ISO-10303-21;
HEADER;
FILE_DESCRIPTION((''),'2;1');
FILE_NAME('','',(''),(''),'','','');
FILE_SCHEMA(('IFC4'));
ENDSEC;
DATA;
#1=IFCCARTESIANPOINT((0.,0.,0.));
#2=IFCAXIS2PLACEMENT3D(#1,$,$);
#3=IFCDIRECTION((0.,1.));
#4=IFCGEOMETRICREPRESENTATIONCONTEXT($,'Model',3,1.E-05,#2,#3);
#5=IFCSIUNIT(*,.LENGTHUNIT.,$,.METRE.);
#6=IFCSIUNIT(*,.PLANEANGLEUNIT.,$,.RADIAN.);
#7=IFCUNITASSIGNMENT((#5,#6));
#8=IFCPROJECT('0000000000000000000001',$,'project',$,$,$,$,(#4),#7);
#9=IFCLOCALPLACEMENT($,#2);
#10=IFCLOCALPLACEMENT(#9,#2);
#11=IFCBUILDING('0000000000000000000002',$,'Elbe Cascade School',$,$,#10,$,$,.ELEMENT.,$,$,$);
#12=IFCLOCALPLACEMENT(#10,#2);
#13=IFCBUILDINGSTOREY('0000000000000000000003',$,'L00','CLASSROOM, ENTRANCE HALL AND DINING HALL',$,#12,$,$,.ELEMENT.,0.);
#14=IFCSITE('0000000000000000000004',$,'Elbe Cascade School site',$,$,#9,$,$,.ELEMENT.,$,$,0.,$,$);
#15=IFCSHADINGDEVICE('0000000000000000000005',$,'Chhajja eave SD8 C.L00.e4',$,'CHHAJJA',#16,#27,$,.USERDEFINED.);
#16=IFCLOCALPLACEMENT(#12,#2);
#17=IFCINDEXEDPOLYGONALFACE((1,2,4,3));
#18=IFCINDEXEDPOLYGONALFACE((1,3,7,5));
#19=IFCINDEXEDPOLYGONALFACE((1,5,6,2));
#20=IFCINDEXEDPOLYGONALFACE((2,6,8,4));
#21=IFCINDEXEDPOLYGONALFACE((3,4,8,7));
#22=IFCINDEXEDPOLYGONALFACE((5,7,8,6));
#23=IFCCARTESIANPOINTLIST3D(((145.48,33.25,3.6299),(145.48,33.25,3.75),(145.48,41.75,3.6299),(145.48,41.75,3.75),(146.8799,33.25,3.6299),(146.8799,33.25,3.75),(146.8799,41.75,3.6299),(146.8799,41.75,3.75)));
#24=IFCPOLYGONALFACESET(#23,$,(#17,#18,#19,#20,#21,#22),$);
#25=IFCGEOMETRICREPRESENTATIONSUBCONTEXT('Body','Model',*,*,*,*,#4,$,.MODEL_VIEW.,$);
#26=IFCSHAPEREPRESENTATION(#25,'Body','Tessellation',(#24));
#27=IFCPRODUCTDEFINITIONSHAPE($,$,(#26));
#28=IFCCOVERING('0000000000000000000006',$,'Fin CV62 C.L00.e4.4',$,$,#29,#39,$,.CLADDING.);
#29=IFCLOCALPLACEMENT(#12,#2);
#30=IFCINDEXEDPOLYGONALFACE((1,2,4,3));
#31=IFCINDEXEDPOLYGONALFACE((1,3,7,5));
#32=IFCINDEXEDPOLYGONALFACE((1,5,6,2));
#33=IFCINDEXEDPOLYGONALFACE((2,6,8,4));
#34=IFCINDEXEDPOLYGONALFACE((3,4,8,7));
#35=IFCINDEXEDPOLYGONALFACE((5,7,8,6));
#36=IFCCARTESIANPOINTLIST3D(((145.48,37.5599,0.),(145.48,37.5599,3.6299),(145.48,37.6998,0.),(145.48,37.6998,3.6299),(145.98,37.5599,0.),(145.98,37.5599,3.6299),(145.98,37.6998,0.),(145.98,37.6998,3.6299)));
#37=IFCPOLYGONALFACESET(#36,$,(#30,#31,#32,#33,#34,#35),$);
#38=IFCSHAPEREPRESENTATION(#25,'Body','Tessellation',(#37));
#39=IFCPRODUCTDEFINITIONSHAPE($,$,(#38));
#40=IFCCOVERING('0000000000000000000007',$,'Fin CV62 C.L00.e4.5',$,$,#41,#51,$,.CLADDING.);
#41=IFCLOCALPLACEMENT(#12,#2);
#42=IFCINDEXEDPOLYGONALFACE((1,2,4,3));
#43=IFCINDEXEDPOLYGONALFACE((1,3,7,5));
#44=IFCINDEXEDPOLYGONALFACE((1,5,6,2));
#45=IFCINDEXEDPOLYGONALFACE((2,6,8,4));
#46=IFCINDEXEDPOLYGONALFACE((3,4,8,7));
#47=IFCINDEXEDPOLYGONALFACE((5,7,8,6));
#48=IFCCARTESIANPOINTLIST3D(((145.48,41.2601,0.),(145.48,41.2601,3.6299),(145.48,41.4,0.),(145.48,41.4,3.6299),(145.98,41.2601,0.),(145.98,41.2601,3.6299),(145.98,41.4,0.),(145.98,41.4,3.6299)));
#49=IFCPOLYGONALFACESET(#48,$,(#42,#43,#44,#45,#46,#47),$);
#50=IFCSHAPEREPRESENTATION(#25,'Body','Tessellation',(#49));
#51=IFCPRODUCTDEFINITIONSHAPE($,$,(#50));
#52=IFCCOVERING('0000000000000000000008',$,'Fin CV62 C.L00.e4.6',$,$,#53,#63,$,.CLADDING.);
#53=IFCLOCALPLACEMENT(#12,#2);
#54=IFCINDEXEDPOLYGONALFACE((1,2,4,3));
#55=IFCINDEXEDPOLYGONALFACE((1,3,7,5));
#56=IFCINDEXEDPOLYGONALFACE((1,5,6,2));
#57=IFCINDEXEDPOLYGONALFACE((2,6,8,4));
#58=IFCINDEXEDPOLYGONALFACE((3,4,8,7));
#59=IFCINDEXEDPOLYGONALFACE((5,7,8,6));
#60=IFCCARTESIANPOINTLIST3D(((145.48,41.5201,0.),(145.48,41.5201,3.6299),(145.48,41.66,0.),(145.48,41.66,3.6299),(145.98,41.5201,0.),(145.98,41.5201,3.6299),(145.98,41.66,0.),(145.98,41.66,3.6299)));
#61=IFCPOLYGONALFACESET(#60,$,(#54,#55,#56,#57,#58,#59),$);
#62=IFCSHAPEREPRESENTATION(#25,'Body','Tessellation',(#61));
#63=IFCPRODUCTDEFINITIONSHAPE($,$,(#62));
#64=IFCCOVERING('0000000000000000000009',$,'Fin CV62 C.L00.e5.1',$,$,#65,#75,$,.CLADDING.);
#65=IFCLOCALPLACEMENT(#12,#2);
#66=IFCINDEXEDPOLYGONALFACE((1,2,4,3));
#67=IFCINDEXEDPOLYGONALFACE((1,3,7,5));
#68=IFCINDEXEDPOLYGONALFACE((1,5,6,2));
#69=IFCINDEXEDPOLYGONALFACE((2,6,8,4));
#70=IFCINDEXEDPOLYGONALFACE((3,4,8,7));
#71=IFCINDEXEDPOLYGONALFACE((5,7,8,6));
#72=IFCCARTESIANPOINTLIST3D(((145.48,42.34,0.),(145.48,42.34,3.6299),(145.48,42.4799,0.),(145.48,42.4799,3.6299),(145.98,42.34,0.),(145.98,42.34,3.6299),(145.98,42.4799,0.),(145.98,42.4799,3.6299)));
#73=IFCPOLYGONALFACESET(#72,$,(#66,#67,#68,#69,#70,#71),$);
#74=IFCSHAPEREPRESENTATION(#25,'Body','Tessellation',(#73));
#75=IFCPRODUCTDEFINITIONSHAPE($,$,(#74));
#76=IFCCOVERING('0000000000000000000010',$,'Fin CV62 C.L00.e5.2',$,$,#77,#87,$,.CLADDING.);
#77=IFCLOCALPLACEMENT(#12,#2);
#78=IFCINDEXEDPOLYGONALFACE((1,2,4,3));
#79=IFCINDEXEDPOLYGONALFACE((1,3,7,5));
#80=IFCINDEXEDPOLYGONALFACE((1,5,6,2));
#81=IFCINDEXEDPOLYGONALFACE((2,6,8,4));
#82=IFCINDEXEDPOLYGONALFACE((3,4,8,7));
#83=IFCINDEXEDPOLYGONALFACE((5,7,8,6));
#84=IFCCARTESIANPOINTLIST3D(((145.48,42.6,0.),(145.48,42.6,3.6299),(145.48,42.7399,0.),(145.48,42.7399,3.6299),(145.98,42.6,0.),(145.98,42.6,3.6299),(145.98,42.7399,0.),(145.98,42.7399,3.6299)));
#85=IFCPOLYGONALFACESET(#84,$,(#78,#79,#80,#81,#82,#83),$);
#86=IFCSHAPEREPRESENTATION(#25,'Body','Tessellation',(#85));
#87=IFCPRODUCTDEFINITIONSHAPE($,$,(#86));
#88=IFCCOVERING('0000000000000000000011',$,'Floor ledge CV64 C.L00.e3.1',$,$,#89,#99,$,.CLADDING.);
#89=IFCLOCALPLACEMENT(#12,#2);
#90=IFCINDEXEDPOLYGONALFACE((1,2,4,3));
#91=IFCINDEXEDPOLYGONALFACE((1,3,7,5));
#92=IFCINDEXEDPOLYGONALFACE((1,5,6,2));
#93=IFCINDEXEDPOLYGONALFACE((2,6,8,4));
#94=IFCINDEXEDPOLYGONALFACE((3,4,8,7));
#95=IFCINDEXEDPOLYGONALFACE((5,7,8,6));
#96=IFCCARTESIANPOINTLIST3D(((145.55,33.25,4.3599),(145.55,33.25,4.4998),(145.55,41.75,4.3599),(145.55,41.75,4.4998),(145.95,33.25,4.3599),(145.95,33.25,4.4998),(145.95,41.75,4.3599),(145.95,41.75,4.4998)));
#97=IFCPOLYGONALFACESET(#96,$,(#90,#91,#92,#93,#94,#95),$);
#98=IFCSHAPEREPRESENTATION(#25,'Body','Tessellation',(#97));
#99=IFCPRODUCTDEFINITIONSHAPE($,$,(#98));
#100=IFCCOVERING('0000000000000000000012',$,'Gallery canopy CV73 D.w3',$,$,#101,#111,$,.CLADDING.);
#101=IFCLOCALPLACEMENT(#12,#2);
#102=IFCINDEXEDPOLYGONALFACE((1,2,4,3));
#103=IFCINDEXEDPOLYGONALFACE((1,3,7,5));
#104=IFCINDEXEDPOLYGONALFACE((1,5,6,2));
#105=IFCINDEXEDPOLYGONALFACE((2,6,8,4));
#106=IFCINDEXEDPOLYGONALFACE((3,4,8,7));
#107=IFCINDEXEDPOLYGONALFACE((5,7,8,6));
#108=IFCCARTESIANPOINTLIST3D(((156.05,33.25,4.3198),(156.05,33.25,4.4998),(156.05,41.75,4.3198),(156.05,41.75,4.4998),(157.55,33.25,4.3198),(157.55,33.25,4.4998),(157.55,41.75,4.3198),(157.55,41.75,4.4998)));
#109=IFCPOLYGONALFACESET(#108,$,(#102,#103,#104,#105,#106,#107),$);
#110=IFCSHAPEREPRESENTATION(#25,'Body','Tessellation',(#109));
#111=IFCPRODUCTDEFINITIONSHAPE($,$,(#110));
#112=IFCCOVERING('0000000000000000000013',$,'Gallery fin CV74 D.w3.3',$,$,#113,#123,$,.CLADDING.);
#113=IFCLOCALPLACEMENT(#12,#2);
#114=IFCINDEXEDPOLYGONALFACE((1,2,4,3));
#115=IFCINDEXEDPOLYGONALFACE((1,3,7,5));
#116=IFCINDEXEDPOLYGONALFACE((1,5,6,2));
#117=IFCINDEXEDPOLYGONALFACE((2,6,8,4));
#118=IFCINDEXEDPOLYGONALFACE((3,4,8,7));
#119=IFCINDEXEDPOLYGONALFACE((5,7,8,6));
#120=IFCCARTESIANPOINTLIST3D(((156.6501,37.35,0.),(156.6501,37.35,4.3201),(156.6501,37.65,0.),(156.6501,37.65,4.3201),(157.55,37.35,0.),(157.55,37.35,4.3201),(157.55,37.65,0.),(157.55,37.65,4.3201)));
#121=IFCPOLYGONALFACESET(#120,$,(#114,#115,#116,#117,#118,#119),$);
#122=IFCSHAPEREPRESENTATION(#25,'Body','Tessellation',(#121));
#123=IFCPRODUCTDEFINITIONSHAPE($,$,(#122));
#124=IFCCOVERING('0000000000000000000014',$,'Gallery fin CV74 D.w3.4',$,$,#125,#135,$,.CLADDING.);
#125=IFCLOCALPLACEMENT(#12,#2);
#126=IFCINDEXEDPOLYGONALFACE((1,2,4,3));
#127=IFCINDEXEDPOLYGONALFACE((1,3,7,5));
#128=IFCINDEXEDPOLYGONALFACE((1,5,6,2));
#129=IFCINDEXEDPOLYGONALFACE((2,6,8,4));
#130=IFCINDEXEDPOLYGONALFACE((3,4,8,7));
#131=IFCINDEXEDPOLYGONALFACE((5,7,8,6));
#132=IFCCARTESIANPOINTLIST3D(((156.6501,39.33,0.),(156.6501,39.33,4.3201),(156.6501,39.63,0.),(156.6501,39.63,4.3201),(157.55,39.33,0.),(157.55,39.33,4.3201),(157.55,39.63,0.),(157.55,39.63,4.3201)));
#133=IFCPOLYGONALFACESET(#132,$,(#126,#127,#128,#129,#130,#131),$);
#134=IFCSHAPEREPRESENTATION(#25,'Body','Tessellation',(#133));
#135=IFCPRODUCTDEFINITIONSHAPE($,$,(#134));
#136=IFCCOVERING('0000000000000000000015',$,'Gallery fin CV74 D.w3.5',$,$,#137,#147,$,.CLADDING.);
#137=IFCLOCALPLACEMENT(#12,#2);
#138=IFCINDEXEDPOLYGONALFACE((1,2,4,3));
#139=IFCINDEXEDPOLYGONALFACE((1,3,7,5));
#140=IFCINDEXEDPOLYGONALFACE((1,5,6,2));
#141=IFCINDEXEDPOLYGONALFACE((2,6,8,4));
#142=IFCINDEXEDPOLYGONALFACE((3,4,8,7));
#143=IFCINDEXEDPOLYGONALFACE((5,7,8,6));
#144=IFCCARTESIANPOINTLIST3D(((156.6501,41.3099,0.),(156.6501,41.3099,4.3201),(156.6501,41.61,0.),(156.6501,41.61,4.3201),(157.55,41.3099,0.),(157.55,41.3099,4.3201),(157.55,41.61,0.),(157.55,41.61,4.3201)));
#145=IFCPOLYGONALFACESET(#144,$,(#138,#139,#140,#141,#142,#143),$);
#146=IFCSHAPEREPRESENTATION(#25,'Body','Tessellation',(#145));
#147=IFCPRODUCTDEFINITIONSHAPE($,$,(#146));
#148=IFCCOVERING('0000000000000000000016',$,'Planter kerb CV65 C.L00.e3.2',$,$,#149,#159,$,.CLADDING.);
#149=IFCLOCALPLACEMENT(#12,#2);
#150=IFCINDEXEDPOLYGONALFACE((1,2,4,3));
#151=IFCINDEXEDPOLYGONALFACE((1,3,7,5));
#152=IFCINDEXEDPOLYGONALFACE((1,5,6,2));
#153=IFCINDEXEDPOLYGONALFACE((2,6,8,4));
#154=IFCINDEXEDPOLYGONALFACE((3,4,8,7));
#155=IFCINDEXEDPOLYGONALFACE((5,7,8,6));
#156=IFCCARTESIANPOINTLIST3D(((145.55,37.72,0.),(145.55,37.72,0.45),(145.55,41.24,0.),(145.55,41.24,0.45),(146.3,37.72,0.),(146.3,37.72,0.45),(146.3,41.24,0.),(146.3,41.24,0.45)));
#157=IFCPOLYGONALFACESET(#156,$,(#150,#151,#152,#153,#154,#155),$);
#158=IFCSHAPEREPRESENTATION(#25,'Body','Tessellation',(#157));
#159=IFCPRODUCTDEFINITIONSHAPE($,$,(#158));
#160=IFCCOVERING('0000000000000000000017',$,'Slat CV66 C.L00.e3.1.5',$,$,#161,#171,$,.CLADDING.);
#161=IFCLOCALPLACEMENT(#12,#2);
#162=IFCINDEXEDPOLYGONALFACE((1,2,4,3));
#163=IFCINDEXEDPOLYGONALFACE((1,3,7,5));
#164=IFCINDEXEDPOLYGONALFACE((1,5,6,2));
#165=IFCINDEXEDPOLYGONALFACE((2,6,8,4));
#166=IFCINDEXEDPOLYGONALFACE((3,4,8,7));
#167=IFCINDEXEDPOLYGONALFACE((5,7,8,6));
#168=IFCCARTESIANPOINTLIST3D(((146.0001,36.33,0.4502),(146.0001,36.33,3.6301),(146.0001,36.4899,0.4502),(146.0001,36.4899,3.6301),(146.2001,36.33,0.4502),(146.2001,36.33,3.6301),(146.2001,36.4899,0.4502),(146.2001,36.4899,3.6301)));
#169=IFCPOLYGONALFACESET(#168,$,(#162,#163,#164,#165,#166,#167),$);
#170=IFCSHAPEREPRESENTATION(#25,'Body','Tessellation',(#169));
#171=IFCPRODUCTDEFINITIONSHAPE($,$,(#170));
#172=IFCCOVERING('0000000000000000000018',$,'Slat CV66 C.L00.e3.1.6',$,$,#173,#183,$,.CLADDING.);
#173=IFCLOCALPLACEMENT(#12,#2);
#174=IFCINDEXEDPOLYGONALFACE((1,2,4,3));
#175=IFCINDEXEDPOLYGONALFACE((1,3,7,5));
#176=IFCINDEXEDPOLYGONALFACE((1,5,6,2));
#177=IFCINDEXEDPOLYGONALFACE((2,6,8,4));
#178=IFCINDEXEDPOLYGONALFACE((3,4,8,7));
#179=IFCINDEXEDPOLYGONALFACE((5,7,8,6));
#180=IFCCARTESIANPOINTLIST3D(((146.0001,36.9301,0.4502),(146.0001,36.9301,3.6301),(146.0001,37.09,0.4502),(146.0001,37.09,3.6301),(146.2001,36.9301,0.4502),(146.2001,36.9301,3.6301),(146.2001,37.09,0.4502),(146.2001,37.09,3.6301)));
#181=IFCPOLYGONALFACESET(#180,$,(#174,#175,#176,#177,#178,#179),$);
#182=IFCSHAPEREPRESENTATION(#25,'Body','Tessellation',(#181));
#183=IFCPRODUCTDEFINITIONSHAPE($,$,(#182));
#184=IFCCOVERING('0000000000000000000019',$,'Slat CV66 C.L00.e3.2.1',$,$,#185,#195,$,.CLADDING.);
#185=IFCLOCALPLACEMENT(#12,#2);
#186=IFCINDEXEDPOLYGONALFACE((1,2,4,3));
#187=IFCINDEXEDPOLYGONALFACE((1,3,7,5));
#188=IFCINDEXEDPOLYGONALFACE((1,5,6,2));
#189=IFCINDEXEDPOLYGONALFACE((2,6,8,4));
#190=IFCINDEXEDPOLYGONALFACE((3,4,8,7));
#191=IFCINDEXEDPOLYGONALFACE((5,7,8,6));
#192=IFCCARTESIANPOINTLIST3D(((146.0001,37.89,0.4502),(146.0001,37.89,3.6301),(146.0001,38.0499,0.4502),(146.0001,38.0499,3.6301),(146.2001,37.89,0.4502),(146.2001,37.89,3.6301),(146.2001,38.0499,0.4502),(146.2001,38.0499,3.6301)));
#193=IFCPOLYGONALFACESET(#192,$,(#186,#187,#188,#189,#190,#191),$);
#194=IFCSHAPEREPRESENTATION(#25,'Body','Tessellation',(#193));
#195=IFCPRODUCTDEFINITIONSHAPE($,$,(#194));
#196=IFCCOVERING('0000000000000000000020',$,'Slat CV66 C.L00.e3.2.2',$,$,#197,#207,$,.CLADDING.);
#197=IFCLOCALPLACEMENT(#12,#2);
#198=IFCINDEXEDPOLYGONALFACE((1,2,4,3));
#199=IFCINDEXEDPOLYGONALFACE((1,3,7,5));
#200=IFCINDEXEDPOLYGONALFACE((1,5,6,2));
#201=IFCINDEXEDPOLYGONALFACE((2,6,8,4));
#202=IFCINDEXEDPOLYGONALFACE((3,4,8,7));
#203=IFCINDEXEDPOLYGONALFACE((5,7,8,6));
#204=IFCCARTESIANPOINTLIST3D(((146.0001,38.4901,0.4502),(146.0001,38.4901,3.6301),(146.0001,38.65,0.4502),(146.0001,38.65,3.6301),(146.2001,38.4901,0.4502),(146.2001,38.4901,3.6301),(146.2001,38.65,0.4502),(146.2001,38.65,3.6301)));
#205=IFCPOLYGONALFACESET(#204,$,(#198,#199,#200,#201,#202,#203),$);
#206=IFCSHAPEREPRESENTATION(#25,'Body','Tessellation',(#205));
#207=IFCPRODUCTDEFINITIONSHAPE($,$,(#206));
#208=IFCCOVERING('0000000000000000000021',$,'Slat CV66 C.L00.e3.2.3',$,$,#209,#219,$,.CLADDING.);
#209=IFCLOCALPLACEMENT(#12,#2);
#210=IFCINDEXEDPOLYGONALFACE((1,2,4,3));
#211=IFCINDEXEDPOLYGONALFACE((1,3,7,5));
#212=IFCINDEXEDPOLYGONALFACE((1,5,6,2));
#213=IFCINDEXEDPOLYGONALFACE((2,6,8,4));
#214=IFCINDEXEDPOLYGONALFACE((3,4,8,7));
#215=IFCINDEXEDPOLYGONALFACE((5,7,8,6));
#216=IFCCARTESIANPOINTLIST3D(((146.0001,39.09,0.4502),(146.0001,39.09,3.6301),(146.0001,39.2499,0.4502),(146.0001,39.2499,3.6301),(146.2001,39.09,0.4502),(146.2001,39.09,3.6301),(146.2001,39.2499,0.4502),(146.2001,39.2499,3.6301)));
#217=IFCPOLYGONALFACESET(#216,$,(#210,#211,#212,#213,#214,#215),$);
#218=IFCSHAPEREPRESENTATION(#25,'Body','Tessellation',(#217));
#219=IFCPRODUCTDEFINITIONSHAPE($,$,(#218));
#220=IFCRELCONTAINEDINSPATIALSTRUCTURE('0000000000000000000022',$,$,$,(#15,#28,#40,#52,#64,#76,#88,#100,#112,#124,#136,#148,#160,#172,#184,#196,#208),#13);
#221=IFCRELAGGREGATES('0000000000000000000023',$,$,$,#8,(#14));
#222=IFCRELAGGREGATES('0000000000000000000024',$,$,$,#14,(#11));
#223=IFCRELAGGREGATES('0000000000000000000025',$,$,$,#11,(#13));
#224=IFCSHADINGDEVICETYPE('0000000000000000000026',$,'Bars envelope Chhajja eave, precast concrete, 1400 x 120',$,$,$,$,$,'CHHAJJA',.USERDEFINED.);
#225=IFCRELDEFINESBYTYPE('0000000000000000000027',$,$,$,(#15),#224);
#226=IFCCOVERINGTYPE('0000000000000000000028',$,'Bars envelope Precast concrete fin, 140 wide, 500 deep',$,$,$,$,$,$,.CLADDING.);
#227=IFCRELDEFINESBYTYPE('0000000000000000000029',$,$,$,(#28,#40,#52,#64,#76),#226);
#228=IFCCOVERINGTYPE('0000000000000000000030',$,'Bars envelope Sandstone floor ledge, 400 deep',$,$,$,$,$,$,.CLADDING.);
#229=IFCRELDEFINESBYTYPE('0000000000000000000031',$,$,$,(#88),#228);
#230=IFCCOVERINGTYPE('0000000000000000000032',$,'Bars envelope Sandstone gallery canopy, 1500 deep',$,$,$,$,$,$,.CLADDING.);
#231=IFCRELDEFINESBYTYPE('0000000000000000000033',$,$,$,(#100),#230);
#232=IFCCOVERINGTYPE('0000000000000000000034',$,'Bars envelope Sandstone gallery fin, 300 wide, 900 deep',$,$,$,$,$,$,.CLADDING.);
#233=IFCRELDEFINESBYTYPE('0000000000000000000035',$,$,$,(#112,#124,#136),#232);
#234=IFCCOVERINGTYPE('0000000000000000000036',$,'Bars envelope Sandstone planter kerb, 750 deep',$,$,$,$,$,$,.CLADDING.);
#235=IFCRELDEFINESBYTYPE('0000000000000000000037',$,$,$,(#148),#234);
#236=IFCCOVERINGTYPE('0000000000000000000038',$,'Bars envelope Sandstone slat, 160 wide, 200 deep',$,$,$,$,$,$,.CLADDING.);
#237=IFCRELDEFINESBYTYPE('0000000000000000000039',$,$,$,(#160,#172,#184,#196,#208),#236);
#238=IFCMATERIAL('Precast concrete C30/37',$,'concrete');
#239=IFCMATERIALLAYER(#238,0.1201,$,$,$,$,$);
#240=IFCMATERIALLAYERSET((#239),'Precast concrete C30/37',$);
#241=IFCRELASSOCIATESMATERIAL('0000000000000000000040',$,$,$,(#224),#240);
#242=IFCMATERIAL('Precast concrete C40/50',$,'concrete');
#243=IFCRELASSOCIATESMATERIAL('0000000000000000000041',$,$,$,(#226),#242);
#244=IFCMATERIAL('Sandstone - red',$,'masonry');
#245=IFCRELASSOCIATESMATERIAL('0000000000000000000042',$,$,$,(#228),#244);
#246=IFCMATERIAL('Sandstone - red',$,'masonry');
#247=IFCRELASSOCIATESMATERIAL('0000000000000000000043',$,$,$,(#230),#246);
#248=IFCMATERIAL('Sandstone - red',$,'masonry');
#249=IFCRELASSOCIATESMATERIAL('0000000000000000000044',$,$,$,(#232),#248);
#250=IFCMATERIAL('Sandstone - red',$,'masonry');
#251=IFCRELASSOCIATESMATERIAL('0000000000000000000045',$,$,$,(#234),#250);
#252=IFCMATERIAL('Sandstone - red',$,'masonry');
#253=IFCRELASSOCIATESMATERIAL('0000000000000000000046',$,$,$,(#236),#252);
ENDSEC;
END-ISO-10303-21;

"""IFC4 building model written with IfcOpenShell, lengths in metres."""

from ifc_helpers import new_model, si_unit, direction, frame, origin, origin_2d, place, context, subcontext, project, spatial, rectangle, extrude, material, layer, layer_set, type_object, element, save


model = new_model("IFC4")

# Units and contexts
model_context = context("Model", 3, precision=1e-05, world=origin(), true_north=direction((0.0, 1.0)))
body_context = subcontext(model_context, "Body", "Model", "MODEL_VIEW")
ifc_project = project(units=[si_unit("LENGTHUNIT", "METRE"), si_unit("PLANEANGLEUNIT", "RADIAN")], contexts=[model_context])

# Site, building, storey
site_placement = place(None, origin())
site = spatial("IfcSite", under=ifc_project, at=site_placement, Name="Elbe Cascade School site", CompositionType="ELEMENT", RefElevation=0.0)
building_placement = place(site_placement, origin())
building = spatial("IfcBuilding", under=site, at=building_placement, Name="Elbe Cascade School", CompositionType="ELEMENT")
storey_placement = place(building_placement, origin())
storey = spatial("IfcBuildingStorey", under=building, at=storey_placement, Name="L00", Description="CLASSROOM, ENTRANCE HALL AND DINING HALL", CompositionType="ELEMENT", Elevation=0.0)

# Shading device
ifc_material_1 = material(Name="Precast concrete C30/37", Category="concrete")
ifc_layer = layer(ifc_material_1, 0.1201)
ifc_layer_set = layer_set([ifc_layer], Name="Precast concrete C30/37")
shading_device_type = type_object("IfcShadingDeviceType", Name="Bars envelope Chhajja eave, precast concrete, 1400 x 120", ElementType="CHHAJJA", PredefinedType="USERDEFINED", material=ifc_layer_set)
shading_device_placement = place(storey_placement, frame((146.1799, 37.5, 3.6299), z_axis=(0.0, 0.0, 1.0), x_axis=(0.0, 1.0, 0.0)))
element("IfcShadingDevice", 1, at=shading_device_placement, inside=storey, type_object=shading_device_type, Name="Chhajja eave SD8 C.L00.e4", ObjectType="CHHAJJA", PredefinedType="USERDEFINED", context=body_context, shape_type="SweptSolid", body=[
    extrude(rectangle(XDim=8.5, YDim=1.3999, at=origin_2d()), origin(), (0.0, 0.0, 1.0), 0.1201),
])

# Coverings
ifc_material_2 = material(Name="Precast concrete C40/50", Category="concrete")
covering_type_1 = type_object("IfcCoveringType", Name="Bars envelope Precast concrete fin, 140 wide, 500 deep", PredefinedType="CLADDING", material=ifc_material_2)
for number, where, z_axis, x_axis, name in (
    (2, (145.73, 37.6299, 0.0), (0.0, 0.0, 1.0), (0.0, 1.0, 0.0), "Fin CV62 C.L00.e4.4"),
    (3, (145.73, 41.3301, 0.0), (0.0, 0.0, 1.0), (0.0, 1.0, 0.0), "Fin CV62 C.L00.e4.5"),
    (4, (145.73, 41.5901, 0.0), (0.0, 0.0, 1.0), (0.0, 1.0, 0.0), "Fin CV62 C.L00.e4.6"),
    (5, (145.73, 42.4099, 0.0), (0.0, 0.0, 1.0), (0.0, 1.0, 0.0), "Fin CV62 C.L00.e5.1"),
    (6, (145.73, 42.6699, 0.0), (0.0, 0.0, 1.0), (0.0, 1.0, 0.0), "Fin CV62 C.L00.e5.2"),
):
    element("IfcCovering", number, at=place(storey_placement, frame(where, z_axis=z_axis, x_axis=x_axis)), inside=storey, type_object=covering_type_1, Name=name, PredefinedType="CLADDING", context=body_context, shape_type="SweptSolid", body=[
        extrude(rectangle(XDim=0.1399, YDim=0.5, at=origin_2d()), origin(), (0.0, 0.0, 1.0), 3.6299),
    ])
ifc_material_3 = material(Name="Sandstone - red", Category="masonry")
covering_type_2 = type_object("IfcCoveringType", Name="Bars envelope Sandstone floor ledge, 400 deep", PredefinedType="CLADDING", material=ifc_material_3)
covering_1_placement = place(storey_placement, frame((145.75, 37.5, 4.3599), z_axis=(0.0, 0.0, 1.0), x_axis=(0.0, 1.0, 0.0)))
element("IfcCovering", 7, at=covering_1_placement, inside=storey, type_object=covering_type_2, Name="Floor ledge CV64 C.L00.e3.1", PredefinedType="CLADDING", context=body_context, shape_type="SweptSolid", body=[
    extrude(rectangle(XDim=8.5, YDim=0.3999, at=origin_2d()), origin(), (0.0, 0.0, 1.0), 0.1399),
])
ifc_material_4 = material(Name="Sandstone - red", Category="masonry")
covering_type_3 = type_object("IfcCoveringType", Name="Bars envelope Sandstone gallery canopy, 1500 deep", PredefinedType="CLADDING", material=ifc_material_4)
covering_2_placement = place(storey_placement, frame((156.8, 37.5, 4.3198), z_axis=(0.0, 0.0, 1.0), x_axis=(0.0, 1.0, 0.0)))
element("IfcCovering", 8, at=covering_2_placement, inside=storey, type_object=covering_type_3, Name="Gallery canopy CV73 D.w3", PredefinedType="CLADDING", context=body_context, shape_type="SweptSolid", body=[
    extrude(rectangle(XDim=8.5, YDim=1.5, at=origin_2d()), origin(), (0.0, 0.0, 1.0), 0.1799),
])
ifc_material_5 = material(Name="Sandstone - red", Category="masonry")
covering_type_4 = type_object("IfcCoveringType", Name="Bars envelope Sandstone gallery fin, 300 wide, 900 deep", PredefinedType="CLADDING", material=ifc_material_5)
for number, where, z_axis, x_axis, name in (
    (9, (157.1001, 37.5, 0.0), (0.0, 0.0, 1.0), (0.0, 1.0, 0.0), "Gallery fin CV74 D.w3.3"),
    (10, (157.1001, 39.48, 0.0), (0.0, 0.0, 1.0), (0.0, 1.0, 0.0), "Gallery fin CV74 D.w3.4"),
    (11, (157.1001, 41.46, 0.0), (0.0, 0.0, 1.0), (0.0, 1.0, 0.0), "Gallery fin CV74 D.w3.5"),
):
    element("IfcCovering", number, at=place(storey_placement, frame(where, z_axis=z_axis, x_axis=x_axis)), inside=storey, type_object=covering_type_4, Name=name, PredefinedType="CLADDING", context=body_context, shape_type="SweptSolid", body=[
        extrude(rectangle(XDim=0.3, YDim=0.8999, at=origin_2d()), origin(), (0.0, 0.0, 1.0), 4.3201),
    ])
ifc_material_6 = material(Name="Sandstone - red", Category="masonry")
covering_type_5 = type_object("IfcCoveringType", Name="Bars envelope Sandstone planter kerb, 750 deep", PredefinedType="CLADDING", material=ifc_material_6)
covering_3_placement = place(storey_placement, frame((145.925, 39.48, 0.0), z_axis=(0.0, 0.0, 1.0), x_axis=(0.0, 1.0, 0.0)))
element("IfcCovering", 12, at=covering_3_placement, inside=storey, type_object=covering_type_5, Name="Planter kerb CV65 C.L00.e3.2", PredefinedType="CLADDING", context=body_context, shape_type="SweptSolid", body=[
    extrude(rectangle(XDim=3.52, YDim=0.75, at=origin_2d()), origin(), (0.0, 0.0, 1.0), 0.45),
])
ifc_material_7 = material(Name="Sandstone - red", Category="masonry")
covering_type_6 = type_object("IfcCoveringType", Name="Bars envelope Sandstone slat, 160 wide, 200 deep", PredefinedType="CLADDING", material=ifc_material_7)
for number, where, z_axis, x_axis, name in (
    (13, (146.1001, 36.4099, 0.4502), (0.0, 0.0, 1.0), (0.0, 1.0, 0.0), "Slat CV66 C.L00.e3.1.5"),
    (14, (146.1001, 37.01, 0.4502), (0.0, 0.0, 1.0), (0.0, 1.0, 0.0), "Slat CV66 C.L00.e3.1.6"),
    (15, (146.1001, 37.97, 0.4502), (0.0, 0.0, 1.0), (0.0, 1.0, 0.0), "Slat CV66 C.L00.e3.2.1"),
    (16, (146.1001, 38.5701, 0.4502), (0.0, 0.0, 1.0), (0.0, 1.0, 0.0), "Slat CV66 C.L00.e3.2.2"),
    (17, (146.1001, 39.1699, 0.4502), (0.0, 0.0, 1.0), (0.0, 1.0, 0.0), "Slat CV66 C.L00.e3.2.3"),
):
    element("IfcCovering", number, at=place(storey_placement, frame(where, z_axis=z_axis, x_axis=x_axis)), inside=storey, type_object=covering_type_6, Name=name, PredefinedType="CLADDING", context=body_context, shape_type="SweptSolid", body=[
        extrude(rectangle(XDim=0.1599, YDim=0.2, at=origin_2d()), origin(), (0.0, 0.0, 1.0), 3.1799),
    ])

save(model, "model.ifc")
